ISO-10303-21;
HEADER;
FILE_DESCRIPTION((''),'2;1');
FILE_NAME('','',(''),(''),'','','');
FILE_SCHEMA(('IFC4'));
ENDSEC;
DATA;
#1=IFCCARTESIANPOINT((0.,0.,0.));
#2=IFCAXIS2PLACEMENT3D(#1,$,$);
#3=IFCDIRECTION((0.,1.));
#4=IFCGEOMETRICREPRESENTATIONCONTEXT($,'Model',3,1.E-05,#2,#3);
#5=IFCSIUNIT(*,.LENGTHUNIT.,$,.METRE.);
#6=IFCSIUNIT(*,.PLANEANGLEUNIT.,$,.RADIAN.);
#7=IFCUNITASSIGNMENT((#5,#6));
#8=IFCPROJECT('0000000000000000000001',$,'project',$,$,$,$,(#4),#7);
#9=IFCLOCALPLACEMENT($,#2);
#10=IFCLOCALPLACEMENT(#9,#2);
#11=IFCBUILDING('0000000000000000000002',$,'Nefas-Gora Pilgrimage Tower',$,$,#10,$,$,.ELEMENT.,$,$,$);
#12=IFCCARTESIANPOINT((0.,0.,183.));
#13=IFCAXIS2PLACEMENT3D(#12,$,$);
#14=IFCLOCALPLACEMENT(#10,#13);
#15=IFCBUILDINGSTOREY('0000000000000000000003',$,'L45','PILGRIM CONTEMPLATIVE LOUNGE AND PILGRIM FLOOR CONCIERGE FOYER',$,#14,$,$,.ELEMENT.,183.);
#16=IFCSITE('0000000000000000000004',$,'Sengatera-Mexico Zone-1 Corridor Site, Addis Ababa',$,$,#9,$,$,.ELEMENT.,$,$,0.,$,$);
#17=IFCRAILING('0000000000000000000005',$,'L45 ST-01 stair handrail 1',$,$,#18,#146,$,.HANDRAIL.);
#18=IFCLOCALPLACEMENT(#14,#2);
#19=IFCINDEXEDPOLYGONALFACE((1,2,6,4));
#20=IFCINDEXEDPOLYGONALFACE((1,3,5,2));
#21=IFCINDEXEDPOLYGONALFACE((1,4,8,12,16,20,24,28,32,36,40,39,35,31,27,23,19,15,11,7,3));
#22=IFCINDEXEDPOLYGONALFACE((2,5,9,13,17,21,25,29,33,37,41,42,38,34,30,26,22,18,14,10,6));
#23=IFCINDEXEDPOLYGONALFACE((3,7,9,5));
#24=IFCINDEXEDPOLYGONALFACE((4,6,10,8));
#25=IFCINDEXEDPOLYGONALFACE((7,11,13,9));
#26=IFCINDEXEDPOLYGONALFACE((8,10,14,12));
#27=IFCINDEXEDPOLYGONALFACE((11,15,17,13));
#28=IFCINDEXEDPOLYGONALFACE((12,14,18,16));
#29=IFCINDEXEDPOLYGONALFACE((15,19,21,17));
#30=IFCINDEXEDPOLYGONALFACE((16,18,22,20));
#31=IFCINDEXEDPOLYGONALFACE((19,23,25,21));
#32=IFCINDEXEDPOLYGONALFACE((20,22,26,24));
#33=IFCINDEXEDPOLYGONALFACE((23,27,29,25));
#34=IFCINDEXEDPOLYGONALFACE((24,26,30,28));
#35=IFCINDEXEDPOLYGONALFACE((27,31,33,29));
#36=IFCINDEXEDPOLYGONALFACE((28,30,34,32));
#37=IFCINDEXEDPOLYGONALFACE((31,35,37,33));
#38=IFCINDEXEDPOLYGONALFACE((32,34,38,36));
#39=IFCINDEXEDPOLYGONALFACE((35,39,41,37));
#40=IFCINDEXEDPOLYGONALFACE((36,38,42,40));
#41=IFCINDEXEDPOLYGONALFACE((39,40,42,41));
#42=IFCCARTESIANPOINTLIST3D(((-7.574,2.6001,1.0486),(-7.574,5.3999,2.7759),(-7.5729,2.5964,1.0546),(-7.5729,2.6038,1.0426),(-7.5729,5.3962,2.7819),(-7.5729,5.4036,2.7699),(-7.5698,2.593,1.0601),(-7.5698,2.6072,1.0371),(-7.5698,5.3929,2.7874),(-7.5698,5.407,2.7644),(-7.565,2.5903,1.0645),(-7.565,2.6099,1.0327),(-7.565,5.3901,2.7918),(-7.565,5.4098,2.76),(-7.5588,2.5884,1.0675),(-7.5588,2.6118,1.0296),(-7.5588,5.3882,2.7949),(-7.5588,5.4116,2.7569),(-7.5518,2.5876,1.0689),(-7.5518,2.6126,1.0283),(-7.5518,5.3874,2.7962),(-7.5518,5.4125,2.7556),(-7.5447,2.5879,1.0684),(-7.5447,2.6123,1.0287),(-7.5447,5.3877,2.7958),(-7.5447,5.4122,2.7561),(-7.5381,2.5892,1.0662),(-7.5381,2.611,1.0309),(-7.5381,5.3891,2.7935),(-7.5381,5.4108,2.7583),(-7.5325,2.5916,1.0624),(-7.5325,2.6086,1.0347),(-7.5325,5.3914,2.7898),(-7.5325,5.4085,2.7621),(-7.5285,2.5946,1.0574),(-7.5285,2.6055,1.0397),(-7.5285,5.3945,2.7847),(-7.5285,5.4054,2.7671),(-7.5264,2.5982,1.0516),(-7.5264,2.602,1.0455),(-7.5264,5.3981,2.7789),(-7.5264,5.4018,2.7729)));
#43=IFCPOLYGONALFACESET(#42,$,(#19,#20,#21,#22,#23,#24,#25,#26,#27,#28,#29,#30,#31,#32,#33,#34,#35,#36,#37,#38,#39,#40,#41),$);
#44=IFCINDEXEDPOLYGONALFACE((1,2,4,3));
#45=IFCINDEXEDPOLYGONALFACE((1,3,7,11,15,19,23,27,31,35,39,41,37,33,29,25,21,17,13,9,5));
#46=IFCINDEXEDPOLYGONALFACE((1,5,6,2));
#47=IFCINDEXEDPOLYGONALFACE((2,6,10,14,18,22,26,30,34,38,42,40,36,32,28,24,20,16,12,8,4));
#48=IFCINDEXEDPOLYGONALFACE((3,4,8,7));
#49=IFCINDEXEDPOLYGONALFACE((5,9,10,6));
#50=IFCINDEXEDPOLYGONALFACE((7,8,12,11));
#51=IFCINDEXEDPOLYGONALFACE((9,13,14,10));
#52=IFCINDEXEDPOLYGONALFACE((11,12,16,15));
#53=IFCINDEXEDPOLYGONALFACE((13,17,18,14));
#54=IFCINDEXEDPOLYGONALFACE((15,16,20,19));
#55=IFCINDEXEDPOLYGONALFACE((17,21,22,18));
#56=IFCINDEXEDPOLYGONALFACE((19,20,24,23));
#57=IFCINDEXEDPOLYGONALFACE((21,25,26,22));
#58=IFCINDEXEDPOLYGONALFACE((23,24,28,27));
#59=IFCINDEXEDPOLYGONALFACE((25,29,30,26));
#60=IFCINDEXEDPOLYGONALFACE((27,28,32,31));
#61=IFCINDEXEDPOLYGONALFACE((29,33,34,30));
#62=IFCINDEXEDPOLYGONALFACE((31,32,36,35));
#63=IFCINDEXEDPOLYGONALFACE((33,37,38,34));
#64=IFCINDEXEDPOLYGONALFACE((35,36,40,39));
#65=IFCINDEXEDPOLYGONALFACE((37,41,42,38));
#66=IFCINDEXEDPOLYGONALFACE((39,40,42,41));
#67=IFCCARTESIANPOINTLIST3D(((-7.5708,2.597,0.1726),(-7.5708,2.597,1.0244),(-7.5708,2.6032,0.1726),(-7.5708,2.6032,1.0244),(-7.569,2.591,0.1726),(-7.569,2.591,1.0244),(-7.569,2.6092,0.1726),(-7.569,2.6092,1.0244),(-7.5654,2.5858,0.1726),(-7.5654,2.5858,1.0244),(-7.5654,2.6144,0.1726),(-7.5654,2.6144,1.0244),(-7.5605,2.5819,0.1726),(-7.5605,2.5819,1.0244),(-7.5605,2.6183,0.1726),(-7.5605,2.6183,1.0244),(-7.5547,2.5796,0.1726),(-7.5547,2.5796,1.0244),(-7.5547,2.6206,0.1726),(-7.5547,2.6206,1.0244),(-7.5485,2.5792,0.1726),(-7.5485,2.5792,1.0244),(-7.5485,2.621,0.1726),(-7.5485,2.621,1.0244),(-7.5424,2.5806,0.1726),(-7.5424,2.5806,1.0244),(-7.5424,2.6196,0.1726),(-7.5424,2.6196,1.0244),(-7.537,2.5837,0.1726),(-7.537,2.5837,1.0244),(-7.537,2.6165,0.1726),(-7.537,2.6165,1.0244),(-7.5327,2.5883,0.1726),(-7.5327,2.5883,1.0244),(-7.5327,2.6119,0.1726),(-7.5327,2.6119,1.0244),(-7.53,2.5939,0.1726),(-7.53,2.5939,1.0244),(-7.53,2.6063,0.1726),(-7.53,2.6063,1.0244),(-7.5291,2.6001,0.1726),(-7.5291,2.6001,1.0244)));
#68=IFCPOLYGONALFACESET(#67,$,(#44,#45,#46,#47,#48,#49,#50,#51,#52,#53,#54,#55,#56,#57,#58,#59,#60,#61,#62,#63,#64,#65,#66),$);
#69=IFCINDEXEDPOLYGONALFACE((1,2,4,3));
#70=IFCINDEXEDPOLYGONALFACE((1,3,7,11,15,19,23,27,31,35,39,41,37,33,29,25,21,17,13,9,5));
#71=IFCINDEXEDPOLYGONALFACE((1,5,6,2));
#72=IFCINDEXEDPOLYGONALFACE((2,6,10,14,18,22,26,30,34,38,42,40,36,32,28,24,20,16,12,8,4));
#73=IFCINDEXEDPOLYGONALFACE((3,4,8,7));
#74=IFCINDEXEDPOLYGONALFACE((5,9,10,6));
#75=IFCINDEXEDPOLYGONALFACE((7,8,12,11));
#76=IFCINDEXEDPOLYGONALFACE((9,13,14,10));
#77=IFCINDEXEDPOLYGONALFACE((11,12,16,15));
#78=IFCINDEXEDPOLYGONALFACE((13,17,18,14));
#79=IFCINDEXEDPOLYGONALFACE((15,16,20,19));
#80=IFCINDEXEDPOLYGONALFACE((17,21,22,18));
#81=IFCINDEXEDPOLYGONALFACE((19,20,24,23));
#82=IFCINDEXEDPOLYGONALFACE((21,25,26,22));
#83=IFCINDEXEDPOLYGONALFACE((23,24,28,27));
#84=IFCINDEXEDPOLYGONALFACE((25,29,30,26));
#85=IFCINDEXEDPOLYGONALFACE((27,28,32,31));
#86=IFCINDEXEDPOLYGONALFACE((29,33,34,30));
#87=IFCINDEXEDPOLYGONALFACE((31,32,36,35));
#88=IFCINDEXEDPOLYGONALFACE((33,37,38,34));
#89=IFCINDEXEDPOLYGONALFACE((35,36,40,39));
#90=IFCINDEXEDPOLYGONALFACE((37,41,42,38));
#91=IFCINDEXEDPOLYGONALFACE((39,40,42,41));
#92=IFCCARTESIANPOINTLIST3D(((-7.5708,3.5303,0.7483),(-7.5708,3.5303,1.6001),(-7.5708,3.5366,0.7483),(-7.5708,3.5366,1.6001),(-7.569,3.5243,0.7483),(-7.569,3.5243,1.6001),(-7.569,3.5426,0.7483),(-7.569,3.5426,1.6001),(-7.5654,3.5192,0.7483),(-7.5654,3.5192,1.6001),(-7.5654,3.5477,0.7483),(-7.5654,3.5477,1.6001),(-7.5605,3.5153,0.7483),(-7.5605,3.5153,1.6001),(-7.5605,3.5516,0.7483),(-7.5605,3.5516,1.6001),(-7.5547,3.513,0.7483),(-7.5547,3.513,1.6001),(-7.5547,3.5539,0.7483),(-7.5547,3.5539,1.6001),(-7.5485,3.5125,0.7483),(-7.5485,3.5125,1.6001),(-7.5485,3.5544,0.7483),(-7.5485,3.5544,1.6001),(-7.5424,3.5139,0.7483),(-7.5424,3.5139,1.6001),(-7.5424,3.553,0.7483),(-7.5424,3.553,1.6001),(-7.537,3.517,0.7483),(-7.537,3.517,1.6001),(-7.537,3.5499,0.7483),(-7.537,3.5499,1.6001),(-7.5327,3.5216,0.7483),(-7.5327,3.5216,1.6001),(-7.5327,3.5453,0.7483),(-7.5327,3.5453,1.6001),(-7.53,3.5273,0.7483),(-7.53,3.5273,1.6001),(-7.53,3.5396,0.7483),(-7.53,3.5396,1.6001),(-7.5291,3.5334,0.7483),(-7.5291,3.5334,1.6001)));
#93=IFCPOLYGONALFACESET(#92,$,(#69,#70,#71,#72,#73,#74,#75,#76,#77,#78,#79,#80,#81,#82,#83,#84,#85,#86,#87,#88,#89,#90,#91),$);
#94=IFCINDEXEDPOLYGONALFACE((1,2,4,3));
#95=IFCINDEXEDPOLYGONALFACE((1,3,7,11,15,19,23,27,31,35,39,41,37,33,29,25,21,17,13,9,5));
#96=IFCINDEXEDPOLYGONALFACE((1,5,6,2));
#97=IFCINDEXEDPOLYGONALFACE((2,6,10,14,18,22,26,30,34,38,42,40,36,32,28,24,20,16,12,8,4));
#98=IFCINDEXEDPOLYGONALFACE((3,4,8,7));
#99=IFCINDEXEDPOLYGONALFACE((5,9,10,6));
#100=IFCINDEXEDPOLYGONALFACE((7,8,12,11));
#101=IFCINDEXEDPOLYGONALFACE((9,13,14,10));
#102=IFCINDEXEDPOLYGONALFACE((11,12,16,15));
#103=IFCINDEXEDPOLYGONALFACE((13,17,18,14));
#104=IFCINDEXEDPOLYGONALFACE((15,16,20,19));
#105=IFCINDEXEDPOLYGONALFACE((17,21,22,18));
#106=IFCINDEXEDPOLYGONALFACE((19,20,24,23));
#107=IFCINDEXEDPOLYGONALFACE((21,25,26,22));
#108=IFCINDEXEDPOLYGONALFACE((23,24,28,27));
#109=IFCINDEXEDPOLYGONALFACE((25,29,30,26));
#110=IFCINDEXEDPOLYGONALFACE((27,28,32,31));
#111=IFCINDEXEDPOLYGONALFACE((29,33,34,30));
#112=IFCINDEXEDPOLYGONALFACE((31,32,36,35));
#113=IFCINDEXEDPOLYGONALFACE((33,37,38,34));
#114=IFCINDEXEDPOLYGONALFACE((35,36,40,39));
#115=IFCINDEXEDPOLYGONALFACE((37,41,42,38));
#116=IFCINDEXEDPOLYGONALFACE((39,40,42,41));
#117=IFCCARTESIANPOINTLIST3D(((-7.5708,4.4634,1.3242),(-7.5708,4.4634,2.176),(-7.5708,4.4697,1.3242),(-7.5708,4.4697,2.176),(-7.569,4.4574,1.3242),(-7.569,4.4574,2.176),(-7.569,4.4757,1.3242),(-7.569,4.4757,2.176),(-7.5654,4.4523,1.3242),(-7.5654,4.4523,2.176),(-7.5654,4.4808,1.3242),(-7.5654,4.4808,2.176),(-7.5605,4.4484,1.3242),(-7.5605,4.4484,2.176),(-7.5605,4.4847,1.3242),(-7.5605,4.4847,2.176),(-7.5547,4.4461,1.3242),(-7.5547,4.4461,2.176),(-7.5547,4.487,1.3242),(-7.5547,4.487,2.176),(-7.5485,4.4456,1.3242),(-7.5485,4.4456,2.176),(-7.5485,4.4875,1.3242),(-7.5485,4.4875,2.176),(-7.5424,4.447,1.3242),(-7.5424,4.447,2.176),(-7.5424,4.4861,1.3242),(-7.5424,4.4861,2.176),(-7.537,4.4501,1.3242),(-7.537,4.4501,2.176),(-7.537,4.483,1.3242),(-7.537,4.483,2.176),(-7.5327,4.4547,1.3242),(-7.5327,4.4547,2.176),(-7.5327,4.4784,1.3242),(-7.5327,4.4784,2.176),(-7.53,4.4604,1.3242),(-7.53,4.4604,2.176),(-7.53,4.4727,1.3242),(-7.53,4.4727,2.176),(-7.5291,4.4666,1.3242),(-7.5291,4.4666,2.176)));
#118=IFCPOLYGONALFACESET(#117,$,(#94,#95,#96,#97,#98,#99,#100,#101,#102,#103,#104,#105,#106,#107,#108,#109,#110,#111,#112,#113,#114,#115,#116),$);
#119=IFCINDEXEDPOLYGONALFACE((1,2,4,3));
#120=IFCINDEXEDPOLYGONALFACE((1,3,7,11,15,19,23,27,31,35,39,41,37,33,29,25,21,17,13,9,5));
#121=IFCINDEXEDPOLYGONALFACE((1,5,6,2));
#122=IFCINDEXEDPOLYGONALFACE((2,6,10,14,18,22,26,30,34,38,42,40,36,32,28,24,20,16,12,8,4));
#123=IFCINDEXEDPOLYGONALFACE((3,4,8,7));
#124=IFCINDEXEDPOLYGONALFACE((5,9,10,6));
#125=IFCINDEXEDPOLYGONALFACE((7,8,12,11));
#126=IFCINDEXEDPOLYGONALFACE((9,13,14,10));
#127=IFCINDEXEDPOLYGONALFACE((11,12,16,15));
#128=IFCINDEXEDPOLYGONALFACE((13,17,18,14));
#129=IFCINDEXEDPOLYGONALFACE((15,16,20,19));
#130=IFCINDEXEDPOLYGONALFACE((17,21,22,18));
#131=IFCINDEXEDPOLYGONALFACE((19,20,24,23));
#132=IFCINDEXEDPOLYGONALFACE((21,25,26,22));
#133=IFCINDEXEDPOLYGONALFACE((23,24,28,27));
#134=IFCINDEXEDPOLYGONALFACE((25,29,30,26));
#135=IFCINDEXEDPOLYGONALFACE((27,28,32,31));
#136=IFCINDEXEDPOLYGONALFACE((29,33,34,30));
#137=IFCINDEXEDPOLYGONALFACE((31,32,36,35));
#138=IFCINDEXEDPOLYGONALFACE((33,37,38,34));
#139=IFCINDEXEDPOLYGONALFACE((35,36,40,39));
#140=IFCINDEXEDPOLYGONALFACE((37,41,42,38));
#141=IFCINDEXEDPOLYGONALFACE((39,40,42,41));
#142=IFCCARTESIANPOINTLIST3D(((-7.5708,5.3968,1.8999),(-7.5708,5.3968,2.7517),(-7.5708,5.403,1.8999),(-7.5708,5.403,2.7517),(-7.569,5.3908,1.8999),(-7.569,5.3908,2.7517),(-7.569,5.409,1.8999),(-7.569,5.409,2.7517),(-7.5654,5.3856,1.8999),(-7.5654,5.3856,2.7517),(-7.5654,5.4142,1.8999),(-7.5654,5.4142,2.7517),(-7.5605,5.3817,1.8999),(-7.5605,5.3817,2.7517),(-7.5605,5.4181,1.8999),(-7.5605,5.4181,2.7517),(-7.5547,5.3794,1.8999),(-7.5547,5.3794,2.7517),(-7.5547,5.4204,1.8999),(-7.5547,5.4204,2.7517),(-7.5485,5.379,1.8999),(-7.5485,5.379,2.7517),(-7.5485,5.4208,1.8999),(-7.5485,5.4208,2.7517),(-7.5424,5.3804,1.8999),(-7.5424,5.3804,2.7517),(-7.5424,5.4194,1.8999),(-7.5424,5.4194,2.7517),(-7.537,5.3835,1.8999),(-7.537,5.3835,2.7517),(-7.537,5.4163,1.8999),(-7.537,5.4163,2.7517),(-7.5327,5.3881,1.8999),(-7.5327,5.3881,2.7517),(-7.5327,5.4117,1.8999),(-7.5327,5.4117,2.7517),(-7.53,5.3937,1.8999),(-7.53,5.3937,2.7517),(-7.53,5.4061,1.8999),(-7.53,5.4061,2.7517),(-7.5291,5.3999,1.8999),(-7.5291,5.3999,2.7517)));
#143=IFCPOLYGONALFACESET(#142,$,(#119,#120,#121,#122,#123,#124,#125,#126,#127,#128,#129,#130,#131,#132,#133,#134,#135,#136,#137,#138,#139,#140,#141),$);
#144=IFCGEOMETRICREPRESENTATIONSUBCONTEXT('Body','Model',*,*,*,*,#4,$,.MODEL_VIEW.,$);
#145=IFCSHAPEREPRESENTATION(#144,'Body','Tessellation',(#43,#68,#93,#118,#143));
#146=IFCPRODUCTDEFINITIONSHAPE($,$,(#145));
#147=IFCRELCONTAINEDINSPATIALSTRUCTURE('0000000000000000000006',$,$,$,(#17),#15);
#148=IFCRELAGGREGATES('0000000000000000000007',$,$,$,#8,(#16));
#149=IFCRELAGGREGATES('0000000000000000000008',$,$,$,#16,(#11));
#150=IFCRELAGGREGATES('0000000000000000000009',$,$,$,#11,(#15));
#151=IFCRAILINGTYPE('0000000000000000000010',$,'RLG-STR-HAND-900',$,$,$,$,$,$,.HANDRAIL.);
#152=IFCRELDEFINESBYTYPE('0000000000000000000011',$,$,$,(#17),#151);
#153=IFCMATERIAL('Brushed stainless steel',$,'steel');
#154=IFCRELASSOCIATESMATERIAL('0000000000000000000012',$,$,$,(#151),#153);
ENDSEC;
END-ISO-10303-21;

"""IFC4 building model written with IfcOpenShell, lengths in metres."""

from ifc_helpers import new_model, si_unit, direction, frame, origin, origin_2d, place, context, subcontext, project, spatial, circle, extrude, material, type_object, element, save


model = new_model("IFC4")

# Units and contexts
model_context = context("Model", 3, precision=1e-05, world=origin(), true_north=direction((0.0, 1.0)))
body_context = subcontext(model_context, "Body", "Model", "MODEL_VIEW")
ifc_project = project(units=[si_unit("LENGTHUNIT", "METRE"), si_unit("PLANEANGLEUNIT", "RADIAN")], contexts=[model_context])

# Site, building, storey
site_placement = place(None, origin())
site = spatial("IfcSite", under=ifc_project, at=site_placement, Name="Sengatera-Mexico Zone-1 Corridor Site, Addis Ababa", CompositionType="ELEMENT", RefElevation=0.0)
building_placement = place(site_placement, origin())
building = spatial("IfcBuilding", under=site, at=building_placement, Name="Nefas-Gora Pilgrimage Tower", CompositionType="ELEMENT")
storey_placement = place(building_placement, frame((0.0, 0.0, 183.0)))
storey = spatial("IfcBuildingStorey", under=building, at=storey_placement, Name="L45", Description="PILGRIM CONTEMPLATIVE LOUNGE AND PILGRIM FLOOR CONCIERGE FOYER", CompositionType="ELEMENT", Elevation=183.0)

# Railing
ifc_material_1 = material(Name="Brushed stainless steel", Category="steel")
railing_type_1 = type_object("IfcRailingType", Name="RLG-STR-HAND-900", PredefinedType="HANDRAIL", material=ifc_material_1)
railing_1_placement = place(storey_placement, frame((-7.55, 2.6001, 0.1726)))
element("IfcRailing", 1, at=railing_1_placement, inside=storey, type_object=railing_type_1, Name="L45 ST-01 stair handrail 1", PredefinedType="HANDRAIL", context=body_context, shape_type="SweptSolid", body=[
    extrude(circle(Radius=0.0239, at=origin_2d()), frame((0.0, 0.0, 0.876), z_axis=(0.0, 0.851069, 0.525054), x_axis=(-1.0, 0.0, 0.0)), (0.0, 0.0, 1.0), 3.2898),
    extrude(circle(Radius=0.021, at=origin_2d()), origin(), (0.0, 0.0, 1.0), 0.8518),
    extrude(circle(Radius=0.021, at=origin_2d()), frame((0.0, 0.9333, 0.5757)), (0.0, 0.0, 1.0), 0.8518),
    extrude(circle(Radius=0.021, at=origin_2d()), frame((0.0, 1.8665, 1.1516)), (0.0, 0.0, 1.0), 0.8518),
    extrude(circle(Radius=0.021, at=origin_2d()), frame((0.0, 2.7998, 1.7273)), (0.0, 0.0, 1.0), 0.8518),
])

save(model, "model.ifc")
